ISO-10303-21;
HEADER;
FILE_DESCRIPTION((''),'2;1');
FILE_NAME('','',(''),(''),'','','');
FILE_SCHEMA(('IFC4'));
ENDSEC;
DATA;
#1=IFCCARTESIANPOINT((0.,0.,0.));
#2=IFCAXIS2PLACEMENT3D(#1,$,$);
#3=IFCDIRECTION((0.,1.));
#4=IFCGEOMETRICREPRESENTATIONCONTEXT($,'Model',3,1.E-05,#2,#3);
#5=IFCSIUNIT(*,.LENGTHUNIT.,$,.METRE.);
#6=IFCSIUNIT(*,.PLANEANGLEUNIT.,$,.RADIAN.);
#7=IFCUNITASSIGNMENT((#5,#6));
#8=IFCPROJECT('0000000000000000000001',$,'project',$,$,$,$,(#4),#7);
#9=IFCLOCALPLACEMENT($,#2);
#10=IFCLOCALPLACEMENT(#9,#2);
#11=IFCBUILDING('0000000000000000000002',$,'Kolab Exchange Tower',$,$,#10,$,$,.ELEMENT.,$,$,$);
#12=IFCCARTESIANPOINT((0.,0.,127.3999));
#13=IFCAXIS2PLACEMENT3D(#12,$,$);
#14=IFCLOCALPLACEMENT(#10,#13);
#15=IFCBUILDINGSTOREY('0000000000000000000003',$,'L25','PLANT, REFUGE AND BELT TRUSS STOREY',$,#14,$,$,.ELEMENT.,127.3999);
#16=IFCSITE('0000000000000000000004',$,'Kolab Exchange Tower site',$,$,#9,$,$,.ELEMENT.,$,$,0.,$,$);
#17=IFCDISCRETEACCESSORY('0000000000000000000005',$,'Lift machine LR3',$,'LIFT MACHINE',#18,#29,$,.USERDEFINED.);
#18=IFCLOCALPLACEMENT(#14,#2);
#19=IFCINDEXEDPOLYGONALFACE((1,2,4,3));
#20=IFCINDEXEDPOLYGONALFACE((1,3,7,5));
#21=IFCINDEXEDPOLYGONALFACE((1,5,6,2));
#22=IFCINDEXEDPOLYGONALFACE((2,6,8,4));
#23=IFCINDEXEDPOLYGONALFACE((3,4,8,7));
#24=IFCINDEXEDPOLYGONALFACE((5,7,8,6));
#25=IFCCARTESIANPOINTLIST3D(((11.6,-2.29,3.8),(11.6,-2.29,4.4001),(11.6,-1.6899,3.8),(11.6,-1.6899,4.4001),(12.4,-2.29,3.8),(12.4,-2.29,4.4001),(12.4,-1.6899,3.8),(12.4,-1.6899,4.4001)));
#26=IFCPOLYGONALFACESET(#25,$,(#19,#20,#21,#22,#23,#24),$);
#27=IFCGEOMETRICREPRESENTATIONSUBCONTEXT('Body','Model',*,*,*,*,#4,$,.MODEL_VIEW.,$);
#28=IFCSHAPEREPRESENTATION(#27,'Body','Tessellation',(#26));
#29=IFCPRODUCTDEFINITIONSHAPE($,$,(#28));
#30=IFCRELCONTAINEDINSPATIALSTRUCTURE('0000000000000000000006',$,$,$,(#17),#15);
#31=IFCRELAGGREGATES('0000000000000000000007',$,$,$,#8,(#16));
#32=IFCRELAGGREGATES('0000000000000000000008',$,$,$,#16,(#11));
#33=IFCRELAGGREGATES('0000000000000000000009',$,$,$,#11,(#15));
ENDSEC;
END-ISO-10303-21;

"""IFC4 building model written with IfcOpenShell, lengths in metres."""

from ifc_helpers import new_model, si_unit, direction, frame, origin, origin_2d, place, context, subcontext, project, spatial, rectangle, extrude, element, save


model = new_model("IFC4")

# Units and contexts
model_context = context("Model", 3, precision=1e-05, world=origin(), true_north=direction((0.0, 1.0)))
body_context = subcontext(model_context, "Body", "Model", "MODEL_VIEW")
ifc_project = project(units=[si_unit("LENGTHUNIT", "METRE"), si_unit("PLANEANGLEUNIT", "RADIAN")], contexts=[model_context])

# Site, building, storey
site_placement = place(None, origin())
site = spatial("IfcSite", under=ifc_project, at=site_placement, Name="Kolab Exchange Tower site", CompositionType="ELEMENT", RefElevation=0.0)
building_placement = place(site_placement, origin())
building = spatial("IfcBuilding", under=site, at=building_placement, Name="Kolab Exchange Tower", CompositionType="ELEMENT")
storey_placement = place(building_placement, frame((0.0, 0.0, 127.3999)))
storey = spatial("IfcBuildingStorey", under=building, at=storey_placement, Name="L25", Description="PLANT, REFUGE AND BELT TRUSS STOREY", CompositionType="ELEMENT", Elevation=127.3999)

# Discrete accessory
for number, where, z_axis, x_axis, name in (
    (1, (12.0, -1.99, 3.8), (0.0, 0.0, 1.0), (1.0, 0.0, 0.0), "Lift machine LR3"),
):
    element("IfcDiscreteAccessory", number, at=place(storey_placement, frame(where, z_axis=z_axis, x_axis=x_axis)), inside=storey, Name=name, ObjectType="LIFT MACHINE", PredefinedType="USERDEFINED", context=body_context, shape_type="SweptSolid", body=[
        extrude(rectangle(XDim=0.8, YDim=0.6001, at=origin_2d()), origin(), (0.0, 0.0, 1.0), 0.6001),
    ])

save(model, "model.ifc")
